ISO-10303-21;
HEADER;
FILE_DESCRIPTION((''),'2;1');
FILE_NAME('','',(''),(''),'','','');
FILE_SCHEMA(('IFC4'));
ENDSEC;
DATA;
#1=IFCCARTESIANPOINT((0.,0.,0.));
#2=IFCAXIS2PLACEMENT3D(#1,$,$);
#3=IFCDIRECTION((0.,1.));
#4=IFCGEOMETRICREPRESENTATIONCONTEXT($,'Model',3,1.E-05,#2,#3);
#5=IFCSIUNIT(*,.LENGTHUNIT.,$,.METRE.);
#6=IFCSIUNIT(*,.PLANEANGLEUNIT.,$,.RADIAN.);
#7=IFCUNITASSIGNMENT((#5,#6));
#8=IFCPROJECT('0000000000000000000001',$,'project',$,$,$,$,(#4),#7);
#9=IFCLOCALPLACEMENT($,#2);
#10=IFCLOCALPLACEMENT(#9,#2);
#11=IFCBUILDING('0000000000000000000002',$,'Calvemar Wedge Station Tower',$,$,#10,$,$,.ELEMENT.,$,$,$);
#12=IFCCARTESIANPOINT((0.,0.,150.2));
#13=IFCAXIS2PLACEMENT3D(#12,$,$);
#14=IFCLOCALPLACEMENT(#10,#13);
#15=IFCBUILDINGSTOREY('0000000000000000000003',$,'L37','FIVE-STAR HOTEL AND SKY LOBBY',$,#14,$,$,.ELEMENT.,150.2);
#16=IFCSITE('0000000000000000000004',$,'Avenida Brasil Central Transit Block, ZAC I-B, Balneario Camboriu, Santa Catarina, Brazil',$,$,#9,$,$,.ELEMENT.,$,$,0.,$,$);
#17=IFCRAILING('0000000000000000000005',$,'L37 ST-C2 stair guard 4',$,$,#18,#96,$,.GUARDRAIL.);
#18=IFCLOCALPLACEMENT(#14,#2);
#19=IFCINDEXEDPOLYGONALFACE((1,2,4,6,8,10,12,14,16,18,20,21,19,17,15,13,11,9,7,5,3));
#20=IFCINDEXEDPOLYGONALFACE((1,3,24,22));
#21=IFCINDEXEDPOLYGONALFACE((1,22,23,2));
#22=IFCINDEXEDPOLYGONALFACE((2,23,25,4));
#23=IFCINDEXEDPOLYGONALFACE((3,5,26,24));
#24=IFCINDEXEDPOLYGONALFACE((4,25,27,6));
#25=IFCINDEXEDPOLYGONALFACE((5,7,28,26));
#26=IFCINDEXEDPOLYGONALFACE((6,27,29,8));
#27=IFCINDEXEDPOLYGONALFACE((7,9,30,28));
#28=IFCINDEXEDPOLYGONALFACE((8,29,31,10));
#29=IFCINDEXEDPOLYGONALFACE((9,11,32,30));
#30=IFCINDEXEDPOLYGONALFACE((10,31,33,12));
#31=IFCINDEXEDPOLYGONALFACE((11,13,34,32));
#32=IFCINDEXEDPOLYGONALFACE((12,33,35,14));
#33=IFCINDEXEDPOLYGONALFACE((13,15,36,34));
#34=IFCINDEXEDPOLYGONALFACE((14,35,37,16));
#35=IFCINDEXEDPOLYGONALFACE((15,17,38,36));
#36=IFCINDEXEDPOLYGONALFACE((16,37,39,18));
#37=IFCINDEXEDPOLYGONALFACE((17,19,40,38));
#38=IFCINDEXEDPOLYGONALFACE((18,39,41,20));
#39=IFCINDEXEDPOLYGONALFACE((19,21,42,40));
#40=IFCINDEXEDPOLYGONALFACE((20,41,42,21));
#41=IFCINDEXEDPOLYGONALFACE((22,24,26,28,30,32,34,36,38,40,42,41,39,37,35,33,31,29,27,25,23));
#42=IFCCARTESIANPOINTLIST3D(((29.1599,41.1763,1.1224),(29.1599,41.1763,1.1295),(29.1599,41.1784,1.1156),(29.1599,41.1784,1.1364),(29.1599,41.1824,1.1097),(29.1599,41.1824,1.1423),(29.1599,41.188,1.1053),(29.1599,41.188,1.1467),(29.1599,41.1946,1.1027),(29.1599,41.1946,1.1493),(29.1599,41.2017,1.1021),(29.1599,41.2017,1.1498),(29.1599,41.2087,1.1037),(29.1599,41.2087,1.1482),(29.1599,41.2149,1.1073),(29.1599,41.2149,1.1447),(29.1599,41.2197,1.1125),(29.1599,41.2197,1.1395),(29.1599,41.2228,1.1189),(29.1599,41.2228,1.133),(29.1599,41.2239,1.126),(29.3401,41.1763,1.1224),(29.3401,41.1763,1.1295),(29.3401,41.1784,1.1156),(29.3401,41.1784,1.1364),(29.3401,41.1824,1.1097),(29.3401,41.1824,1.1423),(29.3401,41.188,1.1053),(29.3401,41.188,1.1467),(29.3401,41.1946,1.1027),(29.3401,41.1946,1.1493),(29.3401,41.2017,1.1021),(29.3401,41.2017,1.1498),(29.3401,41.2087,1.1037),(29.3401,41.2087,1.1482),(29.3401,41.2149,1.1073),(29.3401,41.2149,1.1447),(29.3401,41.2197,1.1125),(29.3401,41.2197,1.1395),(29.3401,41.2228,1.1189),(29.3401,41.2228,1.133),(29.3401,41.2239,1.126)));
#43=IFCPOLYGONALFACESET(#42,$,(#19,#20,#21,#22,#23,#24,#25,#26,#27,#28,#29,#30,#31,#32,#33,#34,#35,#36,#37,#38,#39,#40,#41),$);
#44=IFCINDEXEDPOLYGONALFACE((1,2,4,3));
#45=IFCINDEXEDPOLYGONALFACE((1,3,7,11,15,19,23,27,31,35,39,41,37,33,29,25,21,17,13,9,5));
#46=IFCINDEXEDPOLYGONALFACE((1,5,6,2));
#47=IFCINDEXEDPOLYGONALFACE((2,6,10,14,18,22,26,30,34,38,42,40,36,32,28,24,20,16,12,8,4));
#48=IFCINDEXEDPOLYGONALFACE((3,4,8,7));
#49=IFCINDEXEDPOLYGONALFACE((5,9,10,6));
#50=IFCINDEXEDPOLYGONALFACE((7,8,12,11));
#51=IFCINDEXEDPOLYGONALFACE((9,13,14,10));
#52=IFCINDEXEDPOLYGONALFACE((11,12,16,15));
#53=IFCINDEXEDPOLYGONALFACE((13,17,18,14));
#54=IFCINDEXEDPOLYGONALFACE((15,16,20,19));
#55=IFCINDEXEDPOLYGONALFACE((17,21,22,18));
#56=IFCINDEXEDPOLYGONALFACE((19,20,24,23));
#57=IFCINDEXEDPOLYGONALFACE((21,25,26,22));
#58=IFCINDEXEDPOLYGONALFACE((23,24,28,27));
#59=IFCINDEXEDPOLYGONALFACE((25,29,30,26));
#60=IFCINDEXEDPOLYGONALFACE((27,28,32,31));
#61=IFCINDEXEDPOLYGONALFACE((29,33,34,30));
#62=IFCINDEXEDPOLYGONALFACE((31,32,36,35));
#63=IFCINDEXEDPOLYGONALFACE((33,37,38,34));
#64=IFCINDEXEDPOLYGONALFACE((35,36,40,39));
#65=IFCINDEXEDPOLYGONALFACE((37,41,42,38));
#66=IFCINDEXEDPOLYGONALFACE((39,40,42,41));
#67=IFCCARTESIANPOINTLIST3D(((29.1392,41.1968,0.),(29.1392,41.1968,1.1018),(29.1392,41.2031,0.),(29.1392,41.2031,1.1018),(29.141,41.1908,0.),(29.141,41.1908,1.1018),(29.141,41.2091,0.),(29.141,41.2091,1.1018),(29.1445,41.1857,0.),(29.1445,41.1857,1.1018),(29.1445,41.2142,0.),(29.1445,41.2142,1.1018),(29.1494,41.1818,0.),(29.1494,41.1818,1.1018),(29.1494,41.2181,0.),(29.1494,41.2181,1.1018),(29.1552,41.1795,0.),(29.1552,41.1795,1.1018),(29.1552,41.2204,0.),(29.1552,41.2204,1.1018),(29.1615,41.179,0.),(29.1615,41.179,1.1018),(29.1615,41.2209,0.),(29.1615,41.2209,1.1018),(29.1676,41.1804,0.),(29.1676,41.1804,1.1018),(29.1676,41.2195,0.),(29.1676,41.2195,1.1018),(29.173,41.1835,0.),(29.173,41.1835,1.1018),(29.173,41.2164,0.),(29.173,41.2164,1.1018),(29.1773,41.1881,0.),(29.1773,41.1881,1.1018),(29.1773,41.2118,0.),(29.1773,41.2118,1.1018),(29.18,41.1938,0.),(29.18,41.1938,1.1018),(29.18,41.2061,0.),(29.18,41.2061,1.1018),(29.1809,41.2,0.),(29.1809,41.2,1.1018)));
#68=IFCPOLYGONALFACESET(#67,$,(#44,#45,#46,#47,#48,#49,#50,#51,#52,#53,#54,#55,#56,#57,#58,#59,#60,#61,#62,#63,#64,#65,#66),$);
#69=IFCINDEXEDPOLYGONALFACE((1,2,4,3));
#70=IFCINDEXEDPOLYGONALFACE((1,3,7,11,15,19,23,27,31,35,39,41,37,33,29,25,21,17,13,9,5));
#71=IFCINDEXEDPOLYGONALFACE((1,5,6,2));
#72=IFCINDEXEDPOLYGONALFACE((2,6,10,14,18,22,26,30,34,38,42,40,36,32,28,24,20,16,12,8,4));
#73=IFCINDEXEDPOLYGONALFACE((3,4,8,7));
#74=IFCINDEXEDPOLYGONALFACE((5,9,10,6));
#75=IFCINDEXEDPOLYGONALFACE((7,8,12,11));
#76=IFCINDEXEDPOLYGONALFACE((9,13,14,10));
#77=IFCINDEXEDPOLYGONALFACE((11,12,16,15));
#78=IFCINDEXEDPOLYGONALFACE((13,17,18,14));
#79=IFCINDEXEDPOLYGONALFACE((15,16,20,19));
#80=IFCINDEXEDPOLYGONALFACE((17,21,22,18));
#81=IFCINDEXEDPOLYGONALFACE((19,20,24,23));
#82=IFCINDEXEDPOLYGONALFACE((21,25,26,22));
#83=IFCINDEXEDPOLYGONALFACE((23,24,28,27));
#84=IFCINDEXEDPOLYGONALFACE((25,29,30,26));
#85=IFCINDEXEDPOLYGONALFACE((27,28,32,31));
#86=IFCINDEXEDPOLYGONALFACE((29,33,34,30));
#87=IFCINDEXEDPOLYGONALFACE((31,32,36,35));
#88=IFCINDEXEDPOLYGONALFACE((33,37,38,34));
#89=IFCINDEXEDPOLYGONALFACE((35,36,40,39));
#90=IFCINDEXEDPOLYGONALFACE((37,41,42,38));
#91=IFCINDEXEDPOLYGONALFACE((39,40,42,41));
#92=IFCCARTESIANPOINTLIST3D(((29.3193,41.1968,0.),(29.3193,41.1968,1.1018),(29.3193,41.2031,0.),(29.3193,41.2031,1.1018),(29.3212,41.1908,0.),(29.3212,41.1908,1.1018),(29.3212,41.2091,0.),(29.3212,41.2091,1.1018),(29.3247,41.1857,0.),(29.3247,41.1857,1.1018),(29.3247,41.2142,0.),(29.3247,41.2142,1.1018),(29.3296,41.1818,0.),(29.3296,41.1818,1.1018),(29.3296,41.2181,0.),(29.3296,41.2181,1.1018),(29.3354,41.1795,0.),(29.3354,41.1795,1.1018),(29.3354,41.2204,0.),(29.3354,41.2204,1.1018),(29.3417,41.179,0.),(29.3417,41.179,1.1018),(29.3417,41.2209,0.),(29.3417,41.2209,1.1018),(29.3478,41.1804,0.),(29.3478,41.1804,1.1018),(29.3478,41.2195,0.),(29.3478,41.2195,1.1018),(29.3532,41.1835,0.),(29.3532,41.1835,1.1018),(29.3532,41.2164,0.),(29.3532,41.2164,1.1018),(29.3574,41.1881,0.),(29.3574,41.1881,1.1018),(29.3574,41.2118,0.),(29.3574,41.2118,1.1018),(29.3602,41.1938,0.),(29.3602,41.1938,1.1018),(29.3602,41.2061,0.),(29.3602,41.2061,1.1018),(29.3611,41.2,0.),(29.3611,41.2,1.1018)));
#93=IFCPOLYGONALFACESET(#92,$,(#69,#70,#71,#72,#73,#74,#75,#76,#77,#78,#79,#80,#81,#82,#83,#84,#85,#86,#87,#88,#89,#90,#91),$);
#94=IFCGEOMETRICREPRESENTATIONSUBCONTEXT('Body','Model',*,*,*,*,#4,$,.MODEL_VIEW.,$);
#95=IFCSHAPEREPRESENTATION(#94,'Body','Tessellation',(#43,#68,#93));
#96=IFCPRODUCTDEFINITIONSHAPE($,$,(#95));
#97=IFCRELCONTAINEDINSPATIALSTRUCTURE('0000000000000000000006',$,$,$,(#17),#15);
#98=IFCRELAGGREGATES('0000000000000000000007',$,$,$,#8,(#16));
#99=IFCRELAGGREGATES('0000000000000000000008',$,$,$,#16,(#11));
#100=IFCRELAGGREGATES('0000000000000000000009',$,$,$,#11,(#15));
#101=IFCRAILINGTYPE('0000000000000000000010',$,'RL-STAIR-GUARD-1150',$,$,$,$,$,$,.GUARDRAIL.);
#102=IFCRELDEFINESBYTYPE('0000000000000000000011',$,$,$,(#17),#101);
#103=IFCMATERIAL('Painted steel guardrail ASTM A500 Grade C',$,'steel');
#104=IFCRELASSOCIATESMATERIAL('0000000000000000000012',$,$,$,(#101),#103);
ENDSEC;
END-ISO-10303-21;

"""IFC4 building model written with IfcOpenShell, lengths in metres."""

from ifc_helpers import new_model, si_unit, direction, frame, origin, origin_2d, place, context, subcontext, project, spatial, circle, extrude, material, type_object, element, save


model = new_model("IFC4")

# Units and contexts
model_context = context("Model", 3, precision=1e-05, world=origin(), true_north=direction((0.0, 1.0)))
body_context = subcontext(model_context, "Body", "Model", "MODEL_VIEW")
ifc_project = project(units=[si_unit("LENGTHUNIT", "METRE"), si_unit("PLANEANGLEUNIT", "RADIAN")], contexts=[model_context])

# Site, building, storey
site_placement = place(None, origin())
site = spatial("IfcSite", under=ifc_project, at=site_placement, Name="Avenida Brasil Central Transit Block, ZAC I-B, Balneario Camboriu, Santa Catarina, Brazil", CompositionType="ELEMENT", RefElevation=0.0)
building_placement = place(site_placement, origin())
building = spatial("IfcBuilding", under=site, at=building_placement, Name="Calvemar Wedge Station Tower", CompositionType="ELEMENT")
storey_placement = place(building_placement, frame((0.0, 0.0, 150.2)))
storey = spatial("IfcBuildingStorey", under=building, at=storey_placement, Name="L37", Description="FIVE-STAR HOTEL AND SKY LOBBY", CompositionType="ELEMENT", Elevation=150.2)

# Railing
ifc_material_1 = material(Name="Painted steel guardrail ASTM A500 Grade C", Category="steel")
railing_type = type_object("IfcRailingType", Name="RL-STAIR-GUARD-1150", PredefinedType="GUARDRAIL", material=ifc_material_1)
railing_1_placement = place(storey_placement, frame((29.1599, 41.2, 0.0)))
element("IfcRailing", 1, at=railing_1_placement, inside=storey, type_object=railing_type, Name="L37 ST-C2 stair guard 4", PredefinedType="GUARDRAIL", context=body_context, shape_type="SweptSolid", body=[
    extrude(circle(Radius=0.0239, at=origin_2d()), frame((0.0, 0.0, 1.126), z_axis=(1.0, 0.0, 0.0), x_axis=(0.0, 1.0, 0.0)), (0.0, 0.0, 1.0), 0.1802),
    extrude(circle(Radius=0.021, at=origin_2d()), origin(), (0.0, 0.0, 1.0), 1.1018),
    extrude(circle(Radius=0.021, at=origin_2d()), frame((0.1802, 0.0, 0.0)), (0.0, 0.0, 1.0), 1.1018),
])

save(model, "model.ifc")
